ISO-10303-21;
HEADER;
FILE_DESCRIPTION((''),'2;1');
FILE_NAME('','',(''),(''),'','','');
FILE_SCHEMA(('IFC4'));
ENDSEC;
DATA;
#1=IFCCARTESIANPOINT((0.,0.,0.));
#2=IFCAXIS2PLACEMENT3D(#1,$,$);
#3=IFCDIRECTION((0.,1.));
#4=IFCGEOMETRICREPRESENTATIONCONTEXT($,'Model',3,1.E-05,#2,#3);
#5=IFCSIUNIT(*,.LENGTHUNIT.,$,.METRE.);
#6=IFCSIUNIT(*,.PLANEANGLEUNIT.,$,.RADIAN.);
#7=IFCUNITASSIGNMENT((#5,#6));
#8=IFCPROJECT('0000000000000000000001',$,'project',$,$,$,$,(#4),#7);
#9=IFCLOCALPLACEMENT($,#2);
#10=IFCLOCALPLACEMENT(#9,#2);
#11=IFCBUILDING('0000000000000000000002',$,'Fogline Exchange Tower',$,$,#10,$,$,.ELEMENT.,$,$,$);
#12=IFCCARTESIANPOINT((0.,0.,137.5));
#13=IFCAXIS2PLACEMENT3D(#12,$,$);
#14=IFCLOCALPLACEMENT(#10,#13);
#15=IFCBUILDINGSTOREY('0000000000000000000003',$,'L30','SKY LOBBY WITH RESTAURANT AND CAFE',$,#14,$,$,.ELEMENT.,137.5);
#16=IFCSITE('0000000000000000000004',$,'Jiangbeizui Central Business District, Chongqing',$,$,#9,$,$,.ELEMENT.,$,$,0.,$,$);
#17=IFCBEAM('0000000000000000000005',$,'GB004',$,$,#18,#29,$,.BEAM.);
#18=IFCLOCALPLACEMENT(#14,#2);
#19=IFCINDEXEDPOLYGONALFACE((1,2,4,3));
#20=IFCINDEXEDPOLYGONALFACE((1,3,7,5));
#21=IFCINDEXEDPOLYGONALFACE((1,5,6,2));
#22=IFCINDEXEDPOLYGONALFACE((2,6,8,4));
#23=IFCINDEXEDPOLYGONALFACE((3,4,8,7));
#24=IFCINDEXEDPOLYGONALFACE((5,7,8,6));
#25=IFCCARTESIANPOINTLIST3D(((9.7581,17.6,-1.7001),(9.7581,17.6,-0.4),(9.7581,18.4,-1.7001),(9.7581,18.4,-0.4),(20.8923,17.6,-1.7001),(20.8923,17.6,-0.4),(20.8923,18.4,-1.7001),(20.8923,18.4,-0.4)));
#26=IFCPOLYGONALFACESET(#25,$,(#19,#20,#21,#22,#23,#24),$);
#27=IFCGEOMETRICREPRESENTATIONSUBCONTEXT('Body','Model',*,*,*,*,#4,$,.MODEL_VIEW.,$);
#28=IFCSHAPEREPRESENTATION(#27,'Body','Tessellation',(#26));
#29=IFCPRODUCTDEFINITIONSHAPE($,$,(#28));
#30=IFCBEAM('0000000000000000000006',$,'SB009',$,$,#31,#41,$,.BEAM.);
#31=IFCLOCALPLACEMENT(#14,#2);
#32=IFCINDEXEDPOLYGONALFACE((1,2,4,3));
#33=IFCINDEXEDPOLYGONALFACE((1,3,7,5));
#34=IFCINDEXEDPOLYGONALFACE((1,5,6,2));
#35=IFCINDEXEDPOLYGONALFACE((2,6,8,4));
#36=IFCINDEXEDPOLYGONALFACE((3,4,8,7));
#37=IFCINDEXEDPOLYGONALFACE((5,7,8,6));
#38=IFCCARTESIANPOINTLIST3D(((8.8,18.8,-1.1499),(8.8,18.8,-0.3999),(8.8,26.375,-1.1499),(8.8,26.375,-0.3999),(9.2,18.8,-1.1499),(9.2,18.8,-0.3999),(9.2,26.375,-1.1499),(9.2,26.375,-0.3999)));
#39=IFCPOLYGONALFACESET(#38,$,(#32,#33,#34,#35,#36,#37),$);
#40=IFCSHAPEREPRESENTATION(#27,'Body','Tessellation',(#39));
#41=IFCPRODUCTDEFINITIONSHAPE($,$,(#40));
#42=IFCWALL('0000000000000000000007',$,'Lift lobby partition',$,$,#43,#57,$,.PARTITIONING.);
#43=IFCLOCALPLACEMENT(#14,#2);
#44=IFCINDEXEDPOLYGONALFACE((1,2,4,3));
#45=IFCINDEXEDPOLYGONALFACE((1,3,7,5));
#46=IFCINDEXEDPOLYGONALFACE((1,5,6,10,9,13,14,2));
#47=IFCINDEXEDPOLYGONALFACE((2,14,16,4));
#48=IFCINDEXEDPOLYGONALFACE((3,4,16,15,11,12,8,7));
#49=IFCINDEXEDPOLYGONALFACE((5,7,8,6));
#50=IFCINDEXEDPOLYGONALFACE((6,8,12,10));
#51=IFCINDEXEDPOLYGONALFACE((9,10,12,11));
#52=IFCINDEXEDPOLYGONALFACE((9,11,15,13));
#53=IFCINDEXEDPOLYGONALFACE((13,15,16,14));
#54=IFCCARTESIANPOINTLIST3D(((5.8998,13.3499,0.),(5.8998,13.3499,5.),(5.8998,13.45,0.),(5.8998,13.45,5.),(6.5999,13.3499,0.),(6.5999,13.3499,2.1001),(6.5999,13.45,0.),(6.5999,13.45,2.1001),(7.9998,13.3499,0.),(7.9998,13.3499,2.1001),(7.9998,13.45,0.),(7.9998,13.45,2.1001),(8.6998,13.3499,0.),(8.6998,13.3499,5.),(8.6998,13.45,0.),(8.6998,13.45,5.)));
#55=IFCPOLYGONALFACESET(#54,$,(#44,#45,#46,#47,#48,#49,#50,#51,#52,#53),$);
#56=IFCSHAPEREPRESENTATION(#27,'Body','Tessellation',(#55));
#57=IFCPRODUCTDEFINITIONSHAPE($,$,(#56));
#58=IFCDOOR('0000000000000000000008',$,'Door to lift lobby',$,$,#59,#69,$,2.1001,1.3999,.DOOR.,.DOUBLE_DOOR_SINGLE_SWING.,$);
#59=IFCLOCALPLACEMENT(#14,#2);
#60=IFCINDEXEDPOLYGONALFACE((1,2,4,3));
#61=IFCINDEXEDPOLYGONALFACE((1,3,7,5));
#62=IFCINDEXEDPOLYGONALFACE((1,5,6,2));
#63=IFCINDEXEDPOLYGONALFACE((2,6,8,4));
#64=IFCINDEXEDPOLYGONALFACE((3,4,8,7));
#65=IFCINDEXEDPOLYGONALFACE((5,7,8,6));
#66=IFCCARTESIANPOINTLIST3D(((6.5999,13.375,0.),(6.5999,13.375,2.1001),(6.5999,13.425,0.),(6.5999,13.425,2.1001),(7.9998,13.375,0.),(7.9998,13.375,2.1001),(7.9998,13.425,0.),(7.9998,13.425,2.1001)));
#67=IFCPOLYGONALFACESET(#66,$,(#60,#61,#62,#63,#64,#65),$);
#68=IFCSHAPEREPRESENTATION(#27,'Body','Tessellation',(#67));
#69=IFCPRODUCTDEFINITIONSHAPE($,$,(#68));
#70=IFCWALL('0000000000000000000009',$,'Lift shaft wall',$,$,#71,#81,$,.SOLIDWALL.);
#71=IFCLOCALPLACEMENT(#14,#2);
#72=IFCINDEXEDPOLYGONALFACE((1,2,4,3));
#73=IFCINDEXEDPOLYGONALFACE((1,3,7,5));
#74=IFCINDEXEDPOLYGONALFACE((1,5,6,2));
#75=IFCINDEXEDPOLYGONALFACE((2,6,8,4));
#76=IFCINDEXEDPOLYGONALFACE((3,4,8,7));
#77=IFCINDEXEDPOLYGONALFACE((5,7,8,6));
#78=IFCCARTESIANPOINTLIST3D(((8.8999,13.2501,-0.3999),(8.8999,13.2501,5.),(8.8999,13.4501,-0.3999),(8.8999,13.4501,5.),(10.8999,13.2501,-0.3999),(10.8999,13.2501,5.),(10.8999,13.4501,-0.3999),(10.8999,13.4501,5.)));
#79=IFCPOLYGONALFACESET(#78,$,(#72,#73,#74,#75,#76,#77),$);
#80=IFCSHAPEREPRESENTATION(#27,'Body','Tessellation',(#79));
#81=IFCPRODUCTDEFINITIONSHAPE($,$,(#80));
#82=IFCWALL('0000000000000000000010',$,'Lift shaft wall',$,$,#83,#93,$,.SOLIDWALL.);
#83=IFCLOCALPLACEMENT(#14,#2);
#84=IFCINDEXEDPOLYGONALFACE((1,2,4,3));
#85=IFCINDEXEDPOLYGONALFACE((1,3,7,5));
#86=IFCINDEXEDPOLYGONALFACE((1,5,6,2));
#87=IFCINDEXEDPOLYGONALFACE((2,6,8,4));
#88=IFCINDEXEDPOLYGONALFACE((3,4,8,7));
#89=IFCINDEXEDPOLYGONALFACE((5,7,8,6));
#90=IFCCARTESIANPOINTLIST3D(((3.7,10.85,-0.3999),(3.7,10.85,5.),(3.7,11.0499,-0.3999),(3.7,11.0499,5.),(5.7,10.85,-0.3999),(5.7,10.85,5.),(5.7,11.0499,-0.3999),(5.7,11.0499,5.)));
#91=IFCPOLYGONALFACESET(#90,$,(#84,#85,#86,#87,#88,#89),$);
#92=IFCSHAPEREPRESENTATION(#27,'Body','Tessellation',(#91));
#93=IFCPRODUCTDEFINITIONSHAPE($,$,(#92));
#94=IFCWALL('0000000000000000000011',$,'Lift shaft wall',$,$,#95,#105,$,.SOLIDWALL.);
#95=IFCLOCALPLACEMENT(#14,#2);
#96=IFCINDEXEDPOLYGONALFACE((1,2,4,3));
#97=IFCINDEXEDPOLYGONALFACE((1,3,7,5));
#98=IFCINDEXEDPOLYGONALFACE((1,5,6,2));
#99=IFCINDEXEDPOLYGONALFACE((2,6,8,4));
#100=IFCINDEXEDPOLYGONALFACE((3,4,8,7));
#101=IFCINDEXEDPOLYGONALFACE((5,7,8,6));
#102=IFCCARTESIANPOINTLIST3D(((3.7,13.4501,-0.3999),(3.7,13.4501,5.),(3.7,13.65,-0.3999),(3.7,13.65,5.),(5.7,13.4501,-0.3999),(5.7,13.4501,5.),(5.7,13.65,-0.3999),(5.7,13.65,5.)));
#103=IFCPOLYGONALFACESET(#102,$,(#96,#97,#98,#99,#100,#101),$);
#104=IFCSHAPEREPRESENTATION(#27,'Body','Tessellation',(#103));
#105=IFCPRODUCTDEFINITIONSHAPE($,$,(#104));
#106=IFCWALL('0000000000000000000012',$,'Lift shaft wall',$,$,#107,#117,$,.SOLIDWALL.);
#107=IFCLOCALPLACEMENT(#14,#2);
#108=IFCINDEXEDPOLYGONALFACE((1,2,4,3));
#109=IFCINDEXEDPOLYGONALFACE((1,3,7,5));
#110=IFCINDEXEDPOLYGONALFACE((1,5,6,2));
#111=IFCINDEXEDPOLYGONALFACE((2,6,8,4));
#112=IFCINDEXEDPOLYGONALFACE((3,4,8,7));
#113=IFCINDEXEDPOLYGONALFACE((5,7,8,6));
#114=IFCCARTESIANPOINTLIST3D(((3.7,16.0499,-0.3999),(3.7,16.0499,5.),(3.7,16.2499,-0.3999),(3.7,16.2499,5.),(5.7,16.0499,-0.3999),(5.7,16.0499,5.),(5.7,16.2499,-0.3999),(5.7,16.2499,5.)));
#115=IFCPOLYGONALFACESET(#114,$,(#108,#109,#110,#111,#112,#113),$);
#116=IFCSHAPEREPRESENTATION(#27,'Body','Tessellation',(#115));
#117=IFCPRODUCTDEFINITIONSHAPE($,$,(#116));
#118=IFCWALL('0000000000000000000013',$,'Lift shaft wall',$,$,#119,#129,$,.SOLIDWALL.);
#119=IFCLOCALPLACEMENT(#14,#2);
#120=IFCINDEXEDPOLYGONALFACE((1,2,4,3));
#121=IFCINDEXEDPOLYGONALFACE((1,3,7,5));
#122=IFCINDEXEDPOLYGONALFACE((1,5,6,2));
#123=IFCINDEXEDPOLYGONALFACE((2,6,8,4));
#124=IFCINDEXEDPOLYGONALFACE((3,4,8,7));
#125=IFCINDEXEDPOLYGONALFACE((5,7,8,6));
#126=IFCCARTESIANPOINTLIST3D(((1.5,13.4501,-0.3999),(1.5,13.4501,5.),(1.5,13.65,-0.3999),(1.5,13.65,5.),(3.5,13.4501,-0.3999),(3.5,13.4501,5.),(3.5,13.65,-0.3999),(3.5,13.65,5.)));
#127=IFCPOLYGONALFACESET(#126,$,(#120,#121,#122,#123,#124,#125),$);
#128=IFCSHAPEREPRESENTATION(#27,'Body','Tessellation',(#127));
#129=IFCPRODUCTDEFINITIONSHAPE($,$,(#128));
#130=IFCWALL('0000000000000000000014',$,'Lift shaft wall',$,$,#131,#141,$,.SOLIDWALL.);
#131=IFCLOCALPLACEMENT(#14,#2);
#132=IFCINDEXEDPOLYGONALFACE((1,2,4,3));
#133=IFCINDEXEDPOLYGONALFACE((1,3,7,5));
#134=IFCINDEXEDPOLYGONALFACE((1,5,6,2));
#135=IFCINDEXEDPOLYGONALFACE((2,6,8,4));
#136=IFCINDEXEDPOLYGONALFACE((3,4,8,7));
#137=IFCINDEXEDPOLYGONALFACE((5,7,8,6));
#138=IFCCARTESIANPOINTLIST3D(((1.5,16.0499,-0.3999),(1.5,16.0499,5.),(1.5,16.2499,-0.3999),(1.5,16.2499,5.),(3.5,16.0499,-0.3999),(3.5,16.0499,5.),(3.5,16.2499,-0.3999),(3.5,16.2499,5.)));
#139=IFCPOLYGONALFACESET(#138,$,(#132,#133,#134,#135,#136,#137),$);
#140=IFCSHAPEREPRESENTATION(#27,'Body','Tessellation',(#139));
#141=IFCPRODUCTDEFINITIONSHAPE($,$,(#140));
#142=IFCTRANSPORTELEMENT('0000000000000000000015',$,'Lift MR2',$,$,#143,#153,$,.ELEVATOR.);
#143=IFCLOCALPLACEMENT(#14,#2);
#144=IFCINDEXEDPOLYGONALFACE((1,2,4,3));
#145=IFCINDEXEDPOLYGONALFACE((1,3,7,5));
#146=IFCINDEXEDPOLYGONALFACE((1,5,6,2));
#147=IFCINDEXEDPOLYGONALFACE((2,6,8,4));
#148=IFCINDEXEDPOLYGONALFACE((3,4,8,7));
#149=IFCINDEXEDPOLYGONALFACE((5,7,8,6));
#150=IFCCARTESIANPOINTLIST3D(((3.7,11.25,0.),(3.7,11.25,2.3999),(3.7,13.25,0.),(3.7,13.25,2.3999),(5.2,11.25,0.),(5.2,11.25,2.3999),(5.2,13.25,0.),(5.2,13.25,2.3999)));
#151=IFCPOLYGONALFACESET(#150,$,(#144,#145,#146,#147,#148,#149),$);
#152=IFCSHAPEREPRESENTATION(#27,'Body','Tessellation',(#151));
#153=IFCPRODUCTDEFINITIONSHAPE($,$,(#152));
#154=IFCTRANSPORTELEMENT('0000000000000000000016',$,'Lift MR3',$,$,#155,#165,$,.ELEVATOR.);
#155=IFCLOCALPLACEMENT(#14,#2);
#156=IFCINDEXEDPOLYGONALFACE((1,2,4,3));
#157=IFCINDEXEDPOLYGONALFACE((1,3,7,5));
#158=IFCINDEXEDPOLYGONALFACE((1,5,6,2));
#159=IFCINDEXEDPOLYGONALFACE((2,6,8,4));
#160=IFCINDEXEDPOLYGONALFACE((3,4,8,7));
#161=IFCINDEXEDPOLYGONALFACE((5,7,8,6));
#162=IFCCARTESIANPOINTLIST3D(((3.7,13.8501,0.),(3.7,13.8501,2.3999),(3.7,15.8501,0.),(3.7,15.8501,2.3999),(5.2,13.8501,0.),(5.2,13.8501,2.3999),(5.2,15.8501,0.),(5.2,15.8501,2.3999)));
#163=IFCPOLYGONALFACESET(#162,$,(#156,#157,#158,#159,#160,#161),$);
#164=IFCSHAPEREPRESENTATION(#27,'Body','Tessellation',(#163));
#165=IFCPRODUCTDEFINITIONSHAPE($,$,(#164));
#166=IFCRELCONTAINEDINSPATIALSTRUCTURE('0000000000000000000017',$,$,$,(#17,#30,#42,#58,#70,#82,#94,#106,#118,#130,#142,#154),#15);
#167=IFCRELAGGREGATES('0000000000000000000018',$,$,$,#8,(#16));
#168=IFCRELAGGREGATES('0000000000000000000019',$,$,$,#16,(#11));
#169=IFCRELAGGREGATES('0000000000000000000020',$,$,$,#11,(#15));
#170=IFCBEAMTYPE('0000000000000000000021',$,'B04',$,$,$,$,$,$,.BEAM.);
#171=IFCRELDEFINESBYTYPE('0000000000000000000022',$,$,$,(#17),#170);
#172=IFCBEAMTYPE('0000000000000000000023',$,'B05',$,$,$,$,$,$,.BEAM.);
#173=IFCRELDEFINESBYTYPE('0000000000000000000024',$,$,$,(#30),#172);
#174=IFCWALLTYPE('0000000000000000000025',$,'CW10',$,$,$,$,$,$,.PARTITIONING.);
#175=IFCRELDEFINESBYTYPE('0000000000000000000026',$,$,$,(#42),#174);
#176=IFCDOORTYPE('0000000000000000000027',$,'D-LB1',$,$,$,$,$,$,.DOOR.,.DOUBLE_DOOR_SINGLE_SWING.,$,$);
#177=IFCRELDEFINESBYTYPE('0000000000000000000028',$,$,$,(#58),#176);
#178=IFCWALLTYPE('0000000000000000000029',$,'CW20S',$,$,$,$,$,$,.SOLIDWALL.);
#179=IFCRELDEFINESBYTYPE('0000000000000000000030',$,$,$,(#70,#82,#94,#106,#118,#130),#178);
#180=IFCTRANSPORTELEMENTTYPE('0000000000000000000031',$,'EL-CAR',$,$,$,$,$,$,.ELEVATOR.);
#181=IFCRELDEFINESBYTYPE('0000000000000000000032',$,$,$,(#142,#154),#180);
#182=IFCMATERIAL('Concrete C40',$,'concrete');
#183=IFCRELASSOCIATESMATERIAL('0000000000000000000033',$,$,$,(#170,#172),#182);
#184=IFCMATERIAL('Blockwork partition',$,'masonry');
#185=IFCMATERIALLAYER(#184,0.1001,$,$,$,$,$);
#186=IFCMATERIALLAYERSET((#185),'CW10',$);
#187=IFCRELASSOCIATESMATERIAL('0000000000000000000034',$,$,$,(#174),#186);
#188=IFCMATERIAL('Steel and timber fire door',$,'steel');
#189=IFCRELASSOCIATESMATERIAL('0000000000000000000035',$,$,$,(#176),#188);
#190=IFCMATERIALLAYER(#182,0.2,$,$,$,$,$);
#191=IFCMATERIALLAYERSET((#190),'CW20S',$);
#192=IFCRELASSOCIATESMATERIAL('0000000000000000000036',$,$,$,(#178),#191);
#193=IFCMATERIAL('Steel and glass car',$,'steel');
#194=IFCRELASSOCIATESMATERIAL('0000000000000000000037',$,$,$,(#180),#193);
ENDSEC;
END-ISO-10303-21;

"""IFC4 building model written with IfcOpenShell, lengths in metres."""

from ifc_helpers import new_model, si_unit, direction, frame, frame_2d, origin, origin_2d, place, context, subcontext, project, spatial, rectangle, extrude, material, layer, layer_set, material_profile, profile_set, type_object, element, fill, save


model = new_model("IFC4")

# Units and contexts
model_context = context("Model", 3, precision=1e-05, world=origin(), true_north=direction((0.0, 1.0)))
body_context = subcontext(model_context, "Body", "Model", "MODEL_VIEW")
ifc_project = project(units=[si_unit("LENGTHUNIT", "METRE"), si_unit("PLANEANGLEUNIT", "RADIAN")], contexts=[model_context])

# Site, building, storey
site_placement = place(None, origin())
site = spatial("IfcSite", under=ifc_project, at=site_placement, Name="Jiangbeizui Central Business District, Chongqing", CompositionType="ELEMENT", RefElevation=0.0)
building_placement = place(site_placement, origin())
building = spatial("IfcBuilding", under=site, at=building_placement, Name="Fogline Exchange Tower", CompositionType="ELEMENT")
storey_placement = place(building_placement, frame((0.0, 0.0, 137.5)))
storey = spatial("IfcBuildingStorey", under=building, at=storey_placement, Name="L30", Description="SKY LOBBY WITH RESTAURANT AND CAFE", CompositionType="ELEMENT", Elevation=137.5)

# Beams
ifc_material_1 = material(Name="Concrete C40", Category="concrete")
ifc_material_profile_1 = material_profile(ifc_material_1, rectangle(XDim=0.8, YDim=1.3, at=origin_2d()), Name="RC 800x1300")
ifc_profile_set_1 = profile_set([ifc_material_profile_1], Name="Concrete C40")
beam_type_1 = type_object("IfcBeamType", Name="B04", PredefinedType="BEAM", material=ifc_profile_set_1)
beam_1_placement = place(storey_placement, frame((9.7581, 18.0, -1.05), z_axis=(1.0, 0.0, 0.0), x_axis=(0.0, 1.0, 0.0)))
element("IfcBeam", 1, at=beam_1_placement, inside=storey, type_object=beam_type_1, Name="GB004", PredefinedType="BEAM", context=body_context, shape_type="SweptSolid", body=[
    extrude(rectangle(XDim=0.8, YDim=1.3, at=origin_2d()), origin(), (0.0, 0.0, 1.0), 11.1343),
])
ifc_material_profile_2 = material_profile(ifc_material_1, rectangle(XDim=0.3999, YDim=0.75, at=origin_2d()), Name="RC 400x750")
ifc_profile_set_2 = profile_set([ifc_material_profile_2], Name="Concrete C40")
beam_type_2 = type_object("IfcBeamType", Name="B05", PredefinedType="BEAM", material=ifc_profile_set_2)
beam_2_placement = place(storey_placement, frame((9.0, 18.8, -0.7749), z_axis=(0.0, 1.0, 0.0), x_axis=(-1.0, 0.0, 0.0)))
element("IfcBeam", 2, at=beam_2_placement, inside=storey, type_object=beam_type_2, Name="SB009", PredefinedType="BEAM", context=body_context, shape_type="SweptSolid", body=[
    extrude(rectangle(XDim=0.3999, YDim=0.75, at=origin_2d()), origin(), (0.0, 0.0, 1.0), 7.575),
])

# Wall, opening, door
ifc_material_2 = material(Name="Blockwork partition", Category="masonry")
ifc_layer_1 = layer(ifc_material_2, 0.1001)
ifc_layer_set_1 = layer_set([ifc_layer_1], Name="CW10")
wall_type_1 = type_object("IfcWallType", Name="CW10", PredefinedType="PARTITIONING", material=ifc_layer_set_1)
wall_1_placement = place(storey_placement, frame((5.8999, 13.3999, 0.0), z_axis=(0.0, 0.0, 1.0), x_axis=(1.0, 0.0, 0.0)))
wall_1 = element("IfcWall", 3, at=wall_1_placement, inside=storey, type_object=wall_type_1, Name="Lift lobby partition", PredefinedType="PARTITIONING", context=body_context, shape_type="SweptSolid", body=[
    extrude(rectangle(XDim=2.8, YDim=0.1001, at=frame_2d((1.3999, 0.0))), origin(), (0.0, 0.0, 1.0), 5.0),
])
opening_1_placement = place(wall_1_placement, frame((0.7, 0.0, 0.0)))
opening_1 = element("IfcOpeningElement", 4, at=opening_1_placement, cuts=wall_1, PredefinedType="OPENING", context=body_context, shape_type="SweptSolid", body=[
    extrude(rectangle(XDim=1.3999, YDim=2.1001, at=frame_2d((0.7, 1.05))), frame((0.0, 0.0601, 0.0), z_axis=(0.0, -1.0, 0.0), x_axis=(1.0, 0.0, 0.0)), (0.0, 0.0, 1.0), 0.1201),
])
ifc_material_3 = material(Name="Steel and timber fire door", Category="steel")
door_type_1 = type_object("IfcDoorType", Name="D-LB1", OperationType="DOUBLE_DOOR_SINGLE_SWING", PredefinedType="DOOR", material=ifc_material_3)
door_1_placement = place(opening_1_placement, frame((1.3999, 0.0, 0.0), z_axis=(0.0, 0.0, 1.0), x_axis=(-1.0, 0.0, 0.0)))
door_1 = element("IfcDoor", 5, at=door_1_placement, inside=storey, type_object=door_type_1, Name="Door to lift lobby", OperationType="DOUBLE_DOOR_SINGLE_SWING", OverallHeight=2.1001, OverallWidth=1.3999, PredefinedType="DOOR", context=body_context, shape_type="SweptSolid", body=[
    extrude(rectangle(XDim=1.3999, YDim=2.1001, at=frame_2d((0.7, 1.05))), frame((0.0, 0.0249, 0.0), z_axis=(0.0, -1.0, 0.0), x_axis=(1.0, 0.0, 0.0)), (0.0, 0.0, 1.0), 0.05),
])
fill(opening_1, door_1)

# Walls
ifc_layer_2 = layer(ifc_material_1, 0.2)
ifc_layer_set_2 = layer_set([ifc_layer_2], Name="CW20S")
wall_type_2 = type_object("IfcWallType", Name="CW20S", PredefinedType="SOLIDWALL", material=ifc_layer_set_2)
for number, where, z_axis, x_axis, name in (
    (6, (8.8999, 13.3501, -0.3999), (0.0, 0.0, 1.0), (1.0, 0.0, 0.0), "Lift shaft wall"),
    (7, (3.7, 10.95, -0.3999), (0.0, 0.0, 1.0), (1.0, 0.0, 0.0), "Lift shaft wall"),
    (8, (3.7, 13.55, -0.3999), (0.0, 0.0, 1.0), (1.0, 0.0, 0.0), "Lift shaft wall"),
    (9, (3.7, 16.1499, -0.3999), (0.0, 0.0, 1.0), (1.0, 0.0, 0.0), "Lift shaft wall"),
    (10, (1.5, 13.55, -0.3999), (0.0, 0.0, 1.0), (1.0, 0.0, 0.0), "Lift shaft wall"),
    (11, (1.5, 16.1499, -0.3999), (0.0, 0.0, 1.0), (1.0, 0.0, 0.0), "Lift shaft wall"),
):
    element("IfcWall", number, at=place(storey_placement, frame(where, z_axis=z_axis, x_axis=x_axis)), inside=storey, type_object=wall_type_2, Name=name, PredefinedType="SOLIDWALL", context=body_context, shape_type="SweptSolid", body=[
        extrude(rectangle(XDim=2.0, YDim=0.2, at=frame_2d((1.0, 0.0))), origin(), (0.0, 0.0, 1.0), 5.3999),
    ])

# Transport elements
ifc_material_4 = material(Name="Steel and glass car", Category="steel")
transport_element_type = type_object("IfcTransportElementType", Name="EL-CAR", PredefinedType="ELEVATOR", material=ifc_material_4)
for number, where, z_axis, x_axis, name in (
    (12, (4.45, 12.25, 0.0), (0.0, 0.0, 1.0), (1.0, 0.0, 0.0), "Lift MR2"),
    (13, (4.45, 14.8501, 0.0), (0.0, 0.0, 1.0), (1.0, 0.0, 0.0), "Lift MR3"),
):
    element("IfcTransportElement", number, at=place(storey_placement, frame(where, z_axis=z_axis, x_axis=x_axis)), inside=storey, type_object=transport_element_type, Name=name, PredefinedType="ELEVATOR", context=body_context, shape_type="SweptSolid", body=[
        extrude(rectangle(XDim=1.5, YDim=2.0, at=origin_2d()), origin(), (0.0, 0.0, 1.0), 2.3999),
    ])

save(model, "model.ifc")
